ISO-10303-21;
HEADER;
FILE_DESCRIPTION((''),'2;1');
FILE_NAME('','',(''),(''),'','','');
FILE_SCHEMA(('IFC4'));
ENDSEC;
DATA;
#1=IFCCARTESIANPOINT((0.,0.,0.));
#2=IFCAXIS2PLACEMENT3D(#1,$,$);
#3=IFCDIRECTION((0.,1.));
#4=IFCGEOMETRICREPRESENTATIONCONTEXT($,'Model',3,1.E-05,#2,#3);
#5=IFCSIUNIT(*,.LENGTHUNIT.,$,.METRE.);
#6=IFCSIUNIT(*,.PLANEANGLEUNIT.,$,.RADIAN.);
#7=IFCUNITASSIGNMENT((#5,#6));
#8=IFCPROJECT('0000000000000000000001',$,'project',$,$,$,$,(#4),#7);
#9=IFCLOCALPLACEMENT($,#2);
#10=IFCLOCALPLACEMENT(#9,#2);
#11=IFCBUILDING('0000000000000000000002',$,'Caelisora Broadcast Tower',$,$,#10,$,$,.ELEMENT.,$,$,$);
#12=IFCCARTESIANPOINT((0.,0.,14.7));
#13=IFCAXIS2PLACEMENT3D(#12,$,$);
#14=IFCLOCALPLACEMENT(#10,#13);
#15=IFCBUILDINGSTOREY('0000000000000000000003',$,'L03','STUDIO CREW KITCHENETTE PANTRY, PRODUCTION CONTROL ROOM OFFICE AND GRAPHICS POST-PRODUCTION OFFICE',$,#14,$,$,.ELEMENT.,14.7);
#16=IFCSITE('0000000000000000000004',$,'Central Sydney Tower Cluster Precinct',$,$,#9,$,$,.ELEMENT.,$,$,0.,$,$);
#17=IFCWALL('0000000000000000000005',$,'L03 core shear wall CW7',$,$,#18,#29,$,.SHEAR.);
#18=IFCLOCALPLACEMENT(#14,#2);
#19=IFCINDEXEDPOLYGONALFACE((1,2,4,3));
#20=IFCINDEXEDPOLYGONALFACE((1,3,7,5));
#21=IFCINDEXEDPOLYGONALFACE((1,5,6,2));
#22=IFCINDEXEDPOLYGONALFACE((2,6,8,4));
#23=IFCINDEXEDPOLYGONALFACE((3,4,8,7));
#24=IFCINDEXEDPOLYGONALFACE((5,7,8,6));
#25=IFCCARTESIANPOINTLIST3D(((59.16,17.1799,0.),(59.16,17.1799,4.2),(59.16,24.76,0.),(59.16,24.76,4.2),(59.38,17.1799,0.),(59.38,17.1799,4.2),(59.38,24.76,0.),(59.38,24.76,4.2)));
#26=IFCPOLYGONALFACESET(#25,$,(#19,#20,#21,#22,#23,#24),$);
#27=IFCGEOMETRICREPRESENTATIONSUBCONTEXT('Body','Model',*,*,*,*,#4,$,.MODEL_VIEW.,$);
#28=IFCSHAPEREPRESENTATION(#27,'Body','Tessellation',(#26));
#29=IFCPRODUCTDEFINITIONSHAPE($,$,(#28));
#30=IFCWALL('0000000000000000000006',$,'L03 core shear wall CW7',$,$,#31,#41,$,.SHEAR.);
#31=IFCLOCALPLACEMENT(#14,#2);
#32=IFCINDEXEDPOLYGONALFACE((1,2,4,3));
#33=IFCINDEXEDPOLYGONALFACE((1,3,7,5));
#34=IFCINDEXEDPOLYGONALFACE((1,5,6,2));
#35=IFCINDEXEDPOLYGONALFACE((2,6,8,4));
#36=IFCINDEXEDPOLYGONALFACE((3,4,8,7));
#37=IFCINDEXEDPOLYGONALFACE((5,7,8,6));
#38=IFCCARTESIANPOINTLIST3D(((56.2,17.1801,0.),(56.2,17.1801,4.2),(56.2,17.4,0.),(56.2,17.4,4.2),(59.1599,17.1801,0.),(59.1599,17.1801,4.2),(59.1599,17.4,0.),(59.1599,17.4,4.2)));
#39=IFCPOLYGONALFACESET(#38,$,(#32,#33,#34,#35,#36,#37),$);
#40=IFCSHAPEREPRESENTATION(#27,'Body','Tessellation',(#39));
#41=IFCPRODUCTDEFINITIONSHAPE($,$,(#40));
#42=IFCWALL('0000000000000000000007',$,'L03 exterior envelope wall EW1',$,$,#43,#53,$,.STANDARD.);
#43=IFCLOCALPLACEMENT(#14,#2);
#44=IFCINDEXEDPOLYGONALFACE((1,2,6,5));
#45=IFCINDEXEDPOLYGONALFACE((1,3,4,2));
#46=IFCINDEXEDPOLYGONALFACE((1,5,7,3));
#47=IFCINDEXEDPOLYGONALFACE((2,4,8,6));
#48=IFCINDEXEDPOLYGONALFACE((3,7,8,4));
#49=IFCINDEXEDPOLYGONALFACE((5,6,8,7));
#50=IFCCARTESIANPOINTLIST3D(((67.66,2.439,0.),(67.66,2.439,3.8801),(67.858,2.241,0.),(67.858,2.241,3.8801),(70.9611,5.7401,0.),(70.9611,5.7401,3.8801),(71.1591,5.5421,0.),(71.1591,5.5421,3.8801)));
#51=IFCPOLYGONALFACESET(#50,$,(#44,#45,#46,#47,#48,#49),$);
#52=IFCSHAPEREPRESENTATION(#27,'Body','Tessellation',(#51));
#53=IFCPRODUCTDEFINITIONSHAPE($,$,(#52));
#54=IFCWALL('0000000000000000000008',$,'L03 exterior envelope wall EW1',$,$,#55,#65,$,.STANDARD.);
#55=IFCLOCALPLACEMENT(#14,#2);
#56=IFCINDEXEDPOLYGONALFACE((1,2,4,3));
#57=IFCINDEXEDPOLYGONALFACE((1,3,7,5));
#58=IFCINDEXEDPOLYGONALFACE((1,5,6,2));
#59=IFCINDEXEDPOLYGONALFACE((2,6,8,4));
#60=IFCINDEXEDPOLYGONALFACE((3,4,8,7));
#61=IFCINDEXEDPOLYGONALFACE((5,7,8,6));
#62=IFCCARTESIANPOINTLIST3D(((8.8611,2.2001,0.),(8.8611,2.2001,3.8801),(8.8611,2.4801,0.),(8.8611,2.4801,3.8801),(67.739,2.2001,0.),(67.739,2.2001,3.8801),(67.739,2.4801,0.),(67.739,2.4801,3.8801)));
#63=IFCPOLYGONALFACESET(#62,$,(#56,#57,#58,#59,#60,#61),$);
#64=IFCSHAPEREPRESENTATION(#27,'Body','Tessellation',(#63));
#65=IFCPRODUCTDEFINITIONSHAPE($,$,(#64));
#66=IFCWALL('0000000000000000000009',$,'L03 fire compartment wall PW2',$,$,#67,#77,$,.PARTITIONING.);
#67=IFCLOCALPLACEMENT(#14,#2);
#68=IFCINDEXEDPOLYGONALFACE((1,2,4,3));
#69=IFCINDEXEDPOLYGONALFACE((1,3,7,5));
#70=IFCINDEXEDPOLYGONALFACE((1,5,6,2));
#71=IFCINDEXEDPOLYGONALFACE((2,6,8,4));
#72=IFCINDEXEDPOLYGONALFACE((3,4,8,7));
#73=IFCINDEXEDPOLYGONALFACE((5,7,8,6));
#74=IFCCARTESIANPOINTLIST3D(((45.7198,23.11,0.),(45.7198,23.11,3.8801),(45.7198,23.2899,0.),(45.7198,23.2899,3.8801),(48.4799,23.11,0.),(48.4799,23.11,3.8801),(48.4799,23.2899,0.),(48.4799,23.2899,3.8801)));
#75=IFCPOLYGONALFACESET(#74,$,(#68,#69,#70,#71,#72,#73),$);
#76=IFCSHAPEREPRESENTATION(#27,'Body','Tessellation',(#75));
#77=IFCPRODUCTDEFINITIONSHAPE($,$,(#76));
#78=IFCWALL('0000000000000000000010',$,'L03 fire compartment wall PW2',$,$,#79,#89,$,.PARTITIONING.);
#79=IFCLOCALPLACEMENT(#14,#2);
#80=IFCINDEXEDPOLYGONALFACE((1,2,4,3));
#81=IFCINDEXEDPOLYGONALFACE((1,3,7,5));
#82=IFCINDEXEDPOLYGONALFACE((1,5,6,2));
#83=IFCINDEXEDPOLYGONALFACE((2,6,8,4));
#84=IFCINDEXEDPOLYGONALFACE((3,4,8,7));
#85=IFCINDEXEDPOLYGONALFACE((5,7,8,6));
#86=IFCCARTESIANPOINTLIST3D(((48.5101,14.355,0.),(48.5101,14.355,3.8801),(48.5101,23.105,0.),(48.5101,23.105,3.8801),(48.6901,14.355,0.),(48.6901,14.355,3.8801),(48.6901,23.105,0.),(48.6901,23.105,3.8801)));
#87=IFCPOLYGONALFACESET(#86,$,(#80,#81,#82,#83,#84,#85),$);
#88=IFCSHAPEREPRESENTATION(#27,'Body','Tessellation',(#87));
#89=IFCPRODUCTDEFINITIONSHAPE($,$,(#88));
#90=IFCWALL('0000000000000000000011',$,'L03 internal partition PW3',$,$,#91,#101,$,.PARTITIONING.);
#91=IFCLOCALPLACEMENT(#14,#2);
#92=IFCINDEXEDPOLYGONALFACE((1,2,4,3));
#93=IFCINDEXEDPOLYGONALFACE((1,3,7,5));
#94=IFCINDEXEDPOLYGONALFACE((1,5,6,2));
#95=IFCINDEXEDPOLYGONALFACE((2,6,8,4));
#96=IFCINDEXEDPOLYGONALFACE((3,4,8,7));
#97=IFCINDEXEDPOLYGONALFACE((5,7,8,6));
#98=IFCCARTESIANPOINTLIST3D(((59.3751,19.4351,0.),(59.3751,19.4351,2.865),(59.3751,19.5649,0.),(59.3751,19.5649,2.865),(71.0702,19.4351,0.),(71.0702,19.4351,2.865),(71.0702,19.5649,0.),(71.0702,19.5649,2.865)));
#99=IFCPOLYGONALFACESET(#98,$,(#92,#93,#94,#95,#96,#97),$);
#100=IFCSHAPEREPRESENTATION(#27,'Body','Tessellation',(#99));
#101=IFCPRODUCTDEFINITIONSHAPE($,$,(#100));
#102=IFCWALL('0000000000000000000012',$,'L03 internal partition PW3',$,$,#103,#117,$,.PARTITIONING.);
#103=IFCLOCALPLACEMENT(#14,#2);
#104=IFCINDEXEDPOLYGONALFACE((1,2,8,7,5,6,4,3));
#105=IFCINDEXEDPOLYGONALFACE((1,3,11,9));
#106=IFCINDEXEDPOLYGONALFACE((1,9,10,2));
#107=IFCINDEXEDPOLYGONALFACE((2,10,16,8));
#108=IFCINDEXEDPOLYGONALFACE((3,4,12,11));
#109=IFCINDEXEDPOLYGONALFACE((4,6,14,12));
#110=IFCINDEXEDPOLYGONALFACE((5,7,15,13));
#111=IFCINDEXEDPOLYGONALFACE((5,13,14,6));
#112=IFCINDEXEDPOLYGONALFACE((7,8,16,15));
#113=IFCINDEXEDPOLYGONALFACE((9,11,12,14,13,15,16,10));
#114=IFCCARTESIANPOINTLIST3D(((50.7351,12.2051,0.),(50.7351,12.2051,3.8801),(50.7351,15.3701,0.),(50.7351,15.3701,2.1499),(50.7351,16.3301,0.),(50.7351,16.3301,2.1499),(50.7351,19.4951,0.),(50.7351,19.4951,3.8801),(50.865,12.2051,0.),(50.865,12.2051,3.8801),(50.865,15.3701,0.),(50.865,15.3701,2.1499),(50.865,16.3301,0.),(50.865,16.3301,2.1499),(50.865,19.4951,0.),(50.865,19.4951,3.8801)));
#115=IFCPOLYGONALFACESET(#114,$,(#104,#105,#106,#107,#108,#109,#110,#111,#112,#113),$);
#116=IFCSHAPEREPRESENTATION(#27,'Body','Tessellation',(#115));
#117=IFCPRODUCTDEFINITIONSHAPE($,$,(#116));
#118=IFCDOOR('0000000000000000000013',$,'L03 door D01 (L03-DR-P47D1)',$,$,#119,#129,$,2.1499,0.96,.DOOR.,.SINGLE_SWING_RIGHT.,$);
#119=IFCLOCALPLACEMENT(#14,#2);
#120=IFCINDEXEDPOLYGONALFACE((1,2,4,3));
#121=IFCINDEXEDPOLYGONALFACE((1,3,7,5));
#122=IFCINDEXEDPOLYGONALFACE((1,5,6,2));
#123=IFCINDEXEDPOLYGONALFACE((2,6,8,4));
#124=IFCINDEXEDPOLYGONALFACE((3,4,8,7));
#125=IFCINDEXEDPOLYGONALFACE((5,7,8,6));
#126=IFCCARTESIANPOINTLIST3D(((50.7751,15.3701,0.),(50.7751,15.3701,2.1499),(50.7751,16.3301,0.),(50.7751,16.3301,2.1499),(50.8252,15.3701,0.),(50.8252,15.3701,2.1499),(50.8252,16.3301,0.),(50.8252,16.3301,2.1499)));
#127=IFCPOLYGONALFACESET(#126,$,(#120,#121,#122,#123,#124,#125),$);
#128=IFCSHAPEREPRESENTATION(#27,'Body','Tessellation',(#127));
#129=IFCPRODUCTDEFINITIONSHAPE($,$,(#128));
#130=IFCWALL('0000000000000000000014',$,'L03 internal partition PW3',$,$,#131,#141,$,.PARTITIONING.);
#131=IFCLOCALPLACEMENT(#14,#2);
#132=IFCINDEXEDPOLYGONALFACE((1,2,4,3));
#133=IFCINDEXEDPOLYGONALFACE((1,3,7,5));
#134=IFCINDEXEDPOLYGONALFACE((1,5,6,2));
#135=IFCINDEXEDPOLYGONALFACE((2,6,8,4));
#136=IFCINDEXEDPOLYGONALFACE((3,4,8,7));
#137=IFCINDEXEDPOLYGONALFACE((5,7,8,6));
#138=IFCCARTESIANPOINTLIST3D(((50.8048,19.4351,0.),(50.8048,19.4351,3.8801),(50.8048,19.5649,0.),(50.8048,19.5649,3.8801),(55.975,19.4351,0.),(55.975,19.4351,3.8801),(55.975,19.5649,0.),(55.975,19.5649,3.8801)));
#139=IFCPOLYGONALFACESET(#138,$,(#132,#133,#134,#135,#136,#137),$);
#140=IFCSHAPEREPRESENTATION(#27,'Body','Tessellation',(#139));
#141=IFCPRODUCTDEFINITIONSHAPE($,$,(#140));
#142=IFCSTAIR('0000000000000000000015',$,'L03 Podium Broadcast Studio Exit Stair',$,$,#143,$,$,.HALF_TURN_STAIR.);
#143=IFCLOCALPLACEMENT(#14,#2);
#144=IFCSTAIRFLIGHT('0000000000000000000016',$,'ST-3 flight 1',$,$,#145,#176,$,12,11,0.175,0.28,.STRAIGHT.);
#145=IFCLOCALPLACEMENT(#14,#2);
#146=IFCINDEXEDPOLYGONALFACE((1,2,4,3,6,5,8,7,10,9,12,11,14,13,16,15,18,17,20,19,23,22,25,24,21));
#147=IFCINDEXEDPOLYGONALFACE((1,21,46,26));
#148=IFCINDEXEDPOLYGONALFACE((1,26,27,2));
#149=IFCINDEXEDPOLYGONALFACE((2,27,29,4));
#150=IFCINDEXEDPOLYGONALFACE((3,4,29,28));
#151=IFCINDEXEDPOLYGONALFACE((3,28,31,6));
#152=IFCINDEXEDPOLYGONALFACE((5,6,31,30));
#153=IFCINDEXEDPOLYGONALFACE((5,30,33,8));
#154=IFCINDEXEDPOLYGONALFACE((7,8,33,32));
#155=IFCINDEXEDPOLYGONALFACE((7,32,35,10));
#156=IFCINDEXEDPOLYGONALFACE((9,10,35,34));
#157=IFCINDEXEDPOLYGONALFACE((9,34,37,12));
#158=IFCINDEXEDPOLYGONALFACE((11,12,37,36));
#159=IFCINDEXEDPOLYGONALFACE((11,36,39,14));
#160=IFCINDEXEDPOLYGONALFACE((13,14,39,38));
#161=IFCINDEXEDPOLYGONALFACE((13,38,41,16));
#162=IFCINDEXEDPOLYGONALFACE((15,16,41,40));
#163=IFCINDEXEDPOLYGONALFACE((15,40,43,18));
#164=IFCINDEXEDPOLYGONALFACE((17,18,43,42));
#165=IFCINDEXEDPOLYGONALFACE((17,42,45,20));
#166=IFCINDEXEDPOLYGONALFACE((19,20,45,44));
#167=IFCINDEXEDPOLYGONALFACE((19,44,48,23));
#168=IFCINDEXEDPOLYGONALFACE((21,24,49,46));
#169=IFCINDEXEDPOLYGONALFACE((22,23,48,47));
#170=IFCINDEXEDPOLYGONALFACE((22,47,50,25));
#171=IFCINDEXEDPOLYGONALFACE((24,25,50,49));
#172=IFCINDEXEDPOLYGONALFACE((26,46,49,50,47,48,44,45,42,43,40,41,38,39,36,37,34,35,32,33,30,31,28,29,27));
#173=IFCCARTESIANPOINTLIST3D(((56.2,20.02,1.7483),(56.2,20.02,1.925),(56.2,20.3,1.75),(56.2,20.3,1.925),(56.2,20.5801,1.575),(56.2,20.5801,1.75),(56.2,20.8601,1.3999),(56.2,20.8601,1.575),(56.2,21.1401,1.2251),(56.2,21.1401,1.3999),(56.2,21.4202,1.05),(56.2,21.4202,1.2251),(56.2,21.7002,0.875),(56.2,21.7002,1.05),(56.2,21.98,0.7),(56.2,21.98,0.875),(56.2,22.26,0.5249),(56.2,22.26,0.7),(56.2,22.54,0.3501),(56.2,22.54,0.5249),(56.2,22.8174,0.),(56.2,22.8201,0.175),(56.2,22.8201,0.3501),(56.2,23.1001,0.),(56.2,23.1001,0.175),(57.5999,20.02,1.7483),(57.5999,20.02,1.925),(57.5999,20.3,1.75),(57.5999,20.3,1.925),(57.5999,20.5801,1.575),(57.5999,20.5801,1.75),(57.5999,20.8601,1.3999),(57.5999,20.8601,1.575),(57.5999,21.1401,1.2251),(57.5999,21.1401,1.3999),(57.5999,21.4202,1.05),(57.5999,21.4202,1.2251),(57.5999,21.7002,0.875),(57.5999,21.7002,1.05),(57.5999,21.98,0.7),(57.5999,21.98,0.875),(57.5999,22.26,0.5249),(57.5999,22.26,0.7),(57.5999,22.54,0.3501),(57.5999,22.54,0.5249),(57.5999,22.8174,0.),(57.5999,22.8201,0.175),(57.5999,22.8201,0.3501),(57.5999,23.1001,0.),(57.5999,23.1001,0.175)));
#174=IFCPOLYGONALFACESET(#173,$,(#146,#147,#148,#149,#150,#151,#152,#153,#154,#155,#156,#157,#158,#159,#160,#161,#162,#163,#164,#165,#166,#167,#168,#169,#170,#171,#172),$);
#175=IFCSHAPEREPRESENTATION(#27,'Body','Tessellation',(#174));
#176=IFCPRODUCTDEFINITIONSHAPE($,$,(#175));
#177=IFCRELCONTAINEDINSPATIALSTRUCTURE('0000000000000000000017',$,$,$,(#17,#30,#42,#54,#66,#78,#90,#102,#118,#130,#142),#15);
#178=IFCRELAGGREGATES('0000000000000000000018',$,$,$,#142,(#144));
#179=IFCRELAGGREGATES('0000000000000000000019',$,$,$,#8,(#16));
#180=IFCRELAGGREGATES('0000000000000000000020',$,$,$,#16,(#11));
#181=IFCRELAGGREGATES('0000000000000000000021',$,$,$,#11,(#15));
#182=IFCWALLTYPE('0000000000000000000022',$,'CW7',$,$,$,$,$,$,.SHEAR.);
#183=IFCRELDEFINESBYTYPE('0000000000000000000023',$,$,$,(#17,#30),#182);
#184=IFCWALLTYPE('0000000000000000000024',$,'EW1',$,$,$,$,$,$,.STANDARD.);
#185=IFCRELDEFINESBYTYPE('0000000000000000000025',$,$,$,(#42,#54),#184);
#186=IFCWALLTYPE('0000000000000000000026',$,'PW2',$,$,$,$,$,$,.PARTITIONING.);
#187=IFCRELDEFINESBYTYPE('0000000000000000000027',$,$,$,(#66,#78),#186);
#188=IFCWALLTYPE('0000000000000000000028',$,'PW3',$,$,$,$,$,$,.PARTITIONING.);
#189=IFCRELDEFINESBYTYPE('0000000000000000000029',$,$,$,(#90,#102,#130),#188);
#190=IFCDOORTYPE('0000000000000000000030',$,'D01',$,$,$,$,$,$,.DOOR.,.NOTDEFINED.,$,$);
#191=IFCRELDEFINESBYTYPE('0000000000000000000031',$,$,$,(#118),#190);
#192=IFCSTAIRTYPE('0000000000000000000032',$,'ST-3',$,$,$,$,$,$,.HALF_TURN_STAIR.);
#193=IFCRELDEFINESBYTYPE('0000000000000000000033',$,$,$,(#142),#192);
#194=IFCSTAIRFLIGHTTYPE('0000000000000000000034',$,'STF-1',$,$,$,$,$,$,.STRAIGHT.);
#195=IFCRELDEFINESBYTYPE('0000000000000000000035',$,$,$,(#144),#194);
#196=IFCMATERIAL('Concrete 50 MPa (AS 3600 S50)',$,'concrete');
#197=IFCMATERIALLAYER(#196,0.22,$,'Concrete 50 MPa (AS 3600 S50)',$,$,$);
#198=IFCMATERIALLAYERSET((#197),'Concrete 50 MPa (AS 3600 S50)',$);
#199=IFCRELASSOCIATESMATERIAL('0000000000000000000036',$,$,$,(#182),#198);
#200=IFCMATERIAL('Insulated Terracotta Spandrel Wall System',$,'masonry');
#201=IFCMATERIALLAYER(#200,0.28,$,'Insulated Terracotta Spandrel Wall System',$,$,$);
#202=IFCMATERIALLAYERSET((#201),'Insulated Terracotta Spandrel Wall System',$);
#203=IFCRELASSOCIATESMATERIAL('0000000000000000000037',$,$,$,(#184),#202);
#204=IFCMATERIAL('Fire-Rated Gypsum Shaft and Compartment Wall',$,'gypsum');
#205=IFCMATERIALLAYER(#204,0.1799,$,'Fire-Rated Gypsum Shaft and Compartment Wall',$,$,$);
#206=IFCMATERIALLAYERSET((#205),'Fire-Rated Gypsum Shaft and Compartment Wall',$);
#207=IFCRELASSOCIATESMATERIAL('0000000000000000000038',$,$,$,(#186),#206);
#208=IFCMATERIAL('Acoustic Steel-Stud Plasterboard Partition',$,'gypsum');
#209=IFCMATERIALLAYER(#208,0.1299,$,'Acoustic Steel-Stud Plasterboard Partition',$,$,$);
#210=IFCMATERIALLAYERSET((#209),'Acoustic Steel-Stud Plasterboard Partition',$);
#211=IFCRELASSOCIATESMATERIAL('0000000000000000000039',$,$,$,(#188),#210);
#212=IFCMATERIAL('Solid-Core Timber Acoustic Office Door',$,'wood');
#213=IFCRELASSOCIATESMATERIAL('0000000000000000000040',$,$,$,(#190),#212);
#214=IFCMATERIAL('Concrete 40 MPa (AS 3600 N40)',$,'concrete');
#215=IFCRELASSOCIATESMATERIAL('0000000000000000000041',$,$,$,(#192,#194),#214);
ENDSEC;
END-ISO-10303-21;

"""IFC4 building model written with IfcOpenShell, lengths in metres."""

from ifc_helpers import new_model, si_unit, direction, frame, frame_2d, origin, place, context, subcontext, project, spatial, polyline, rectangle, outline, extrude, material, layer, layer_set, type_object, element, fill, aggregate, save


model = new_model("IFC4")

# Units and contexts
model_context = context("Model", 3, precision=1e-05, world=origin(), true_north=direction((0.0, 1.0)))
body_context = subcontext(model_context, "Body", "Model", "MODEL_VIEW")
ifc_project = project(units=[si_unit("LENGTHUNIT", "METRE"), si_unit("PLANEANGLEUNIT", "RADIAN")], contexts=[model_context])

# Site, building, storey
site_placement = place(None, origin())
site = spatial("IfcSite", under=ifc_project, at=site_placement, Name="Central Sydney Tower Cluster Precinct", CompositionType="ELEMENT", RefElevation=0.0)
building_placement = place(site_placement, origin())
building = spatial("IfcBuilding", under=site, at=building_placement, Name="Caelisora Broadcast Tower", CompositionType="ELEMENT")
storey_placement = place(building_placement, frame((0.0, 0.0, 14.7)))
storey = spatial("IfcBuildingStorey", under=building, at=storey_placement, Name="L03", Description="STUDIO CREW KITCHENETTE PANTRY, PRODUCTION CONTROL ROOM OFFICE AND GRAPHICS POST-PRODUCTION OFFICE", CompositionType="ELEMENT", Elevation=14.7)

# Walls
ifc_material_1 = material(Name="Concrete 50 MPa (AS 3600 S50)", Category="concrete")
ifc_layer_1 = layer(ifc_material_1, 0.22, Name="Concrete 50 MPa (AS 3600 S50)")
ifc_layer_set_1 = layer_set([ifc_layer_1], Name="Concrete 50 MPa (AS 3600 S50)")
wall_type_1 = type_object("IfcWallType", Name="CW7", PredefinedType="SHEAR", material=ifc_layer_set_1)
for number, where, z_axis, x_axis, name in (
    (1, (59.27, 17.1799, 0.0), (0.0, 0.0, 1.0), (0.0, 1.0, 0.0), "L03 core shear wall CW7"),
):
    element("IfcWall", number, at=place(storey_placement, frame(where, z_axis=z_axis, x_axis=x_axis)), inside=storey, type_object=wall_type_1, Name=name, PredefinedType="SHEAR", context=body_context, shape_type="SweptSolid", body=[
        extrude(rectangle(XDim=7.5801, YDim=0.22, at=frame_2d((3.79, 0.0))), origin(), (0.0, 0.0, 1.0), 4.2),
    ])
wall_1_placement = place(storey_placement, frame((56.2, 17.29, 0.0), z_axis=(0.0, 0.0, 1.0), x_axis=(1.0, 0.0, 0.0)))
element("IfcWall", 2, at=wall_1_placement, inside=storey, type_object=wall_type_1, Name="L03 core shear wall CW7", PredefinedType="SHEAR", context=body_context, shape_type="SweptSolid", body=[
    extrude(rectangle(XDim=2.96, YDim=0.22, at=frame_2d((1.48, 0.0))), origin(), (0.0, 0.0, 1.0), 4.2),
])
ifc_material_2 = material(Name="Insulated Terracotta Spandrel Wall System", Category="masonry")
ifc_layer_2 = layer(ifc_material_2, 0.28, Name="Insulated Terracotta Spandrel Wall System")
ifc_layer_set_2 = layer_set([ifc_layer_2], Name="Insulated Terracotta Spandrel Wall System")
wall_type_2 = type_object("IfcWallType", Name="EW1", PredefinedType="STANDARD", material=ifc_layer_set_2)
wall_2_placement = place(storey_placement, frame((71.0601, 5.6411, 0.0), z_axis=(0.0, 0.0, 1.0), x_axis=(-0.707107, -0.707107, 0.0)))
element("IfcWall", 3, at=wall_2_placement, inside=storey, type_object=wall_type_2, Name="L03 exterior envelope wall EW1", PredefinedType="STANDARD", context=body_context, shape_type="SweptSolid", body=[
    extrude(rectangle(XDim=4.6685, YDim=0.28, at=frame_2d((2.3342, 0.0))), origin(), (0.0, 0.0, 1.0), 3.8801),
])
wall_3_placement = place(storey_placement, frame((67.739, 2.3401, 0.0), z_axis=(0.0, 0.0, 1.0), x_axis=(-1.0, 0.0, 0.0)))
element("IfcWall", 4, at=wall_3_placement, inside=storey, type_object=wall_type_2, Name="L03 exterior envelope wall EW1", PredefinedType="STANDARD", context=body_context, shape_type="SweptSolid", body=[
    extrude(rectangle(XDim=58.8779, YDim=0.28, at=frame_2d((29.439, 0.0))), origin(), (0.0, 0.0, 1.0), 3.8801),
])
ifc_material_3 = material(Name="Fire-Rated Gypsum Shaft and Compartment Wall", Category="gypsum")
ifc_layer_3 = layer(ifc_material_3, 0.1799, Name="Fire-Rated Gypsum Shaft and Compartment Wall")
ifc_layer_set_3 = layer_set([ifc_layer_3], Name="Fire-Rated Gypsum Shaft and Compartment Wall")
wall_type_3 = type_object("IfcWallType", Name="PW2", PredefinedType="PARTITIONING", material=ifc_layer_set_3)
wall_4_placement = place(storey_placement, frame((45.72, 23.2, 0.0), z_axis=(0.0, 0.0, 1.0), x_axis=(1.0, 0.0, 0.0)))
element("IfcWall", 5, at=wall_4_placement, inside=storey, type_object=wall_type_3, Name="L03 fire compartment wall PW2", PredefinedType="PARTITIONING", context=body_context, shape_type="SweptSolid", body=[
    extrude(rectangle(XDim=2.76, YDim=0.1799, at=frame_2d((1.3799, 0.0))), origin(), (0.0, 0.0, 1.0), 3.8801),
])
wall_5_placement = place(storey_placement, frame((48.6001, 14.355, 0.0), z_axis=(0.0, 0.0, 1.0), x_axis=(0.0, 1.0, 0.0)))
element("IfcWall", 6, at=wall_5_placement, inside=storey, type_object=wall_type_3, Name="L03 fire compartment wall PW2", PredefinedType="PARTITIONING", context=body_context, shape_type="SweptSolid", body=[
    extrude(rectangle(XDim=8.75, YDim=0.1799, at=frame_2d((4.375, 0.0))), origin(), (0.0, 0.0, 1.0), 3.8801),
])
ifc_material_4 = material(Name="Acoustic Steel-Stud Plasterboard Partition", Category="gypsum")
ifc_layer_4 = layer(ifc_material_4, 0.1299, Name="Acoustic Steel-Stud Plasterboard Partition")
ifc_layer_set_4 = layer_set([ifc_layer_4], Name="Acoustic Steel-Stud Plasterboard Partition")
wall_type_4 = type_object("IfcWallType", Name="PW3", PredefinedType="PARTITIONING", material=ifc_layer_set_4)
wall_6_placement = place(storey_placement, frame((59.375, 19.5, 0.0), z_axis=(0.0, 0.0, 1.0), x_axis=(1.0, 0.0, 0.0)))
element("IfcWall", 7, at=wall_6_placement, inside=storey, type_object=wall_type_4, Name="L03 internal partition PW3", PredefinedType="PARTITIONING", context=body_context, shape_type="SweptSolid", body=[
    extrude(rectangle(XDim=11.6951, YDim=0.1299, at=frame_2d((5.8477, 0.0))), origin(), (0.0, 0.0, 1.0), 2.865),
])

# Wall, opening, door
wall_7_placement = place(storey_placement, frame((50.8, 12.2051, 0.0), z_axis=(0.0, 0.0, 1.0), x_axis=(0.0, 1.0, 0.0)))
wall_7 = element("IfcWall", 8, at=wall_7_placement, inside=storey, type_object=wall_type_4, Name="L03 internal partition PW3", PredefinedType="PARTITIONING", context=body_context, shape_type="SweptSolid", body=[
    extrude(rectangle(XDim=7.29, YDim=0.1299, at=frame_2d((3.645, 0.0))), origin(), (0.0, 0.0, 1.0), 3.8801),
])
opening_placement = place(wall_7_placement, frame((3.165, 0.0, 0.0)))
opening = element("IfcOpeningElement", 9, at=opening_placement, cuts=wall_7, PredefinedType="OPENING", context=body_context, shape_type="SweptSolid", body=[
    extrude(rectangle(XDim=0.96, YDim=2.1499, at=frame_2d((0.48, 1.075))), frame((0.0, 0.0769, 0.0), z_axis=(0.0, -1.0, 0.0), x_axis=(1.0, 0.0, 0.0)), (0.0, 0.0, 1.0), 0.1538),
])
ifc_material_5 = material(Name="Solid-Core Timber Acoustic Office Door", Category="wood")
door_type = type_object("IfcDoorType", Name="D01", OperationType="NOTDEFINED", PredefinedType="DOOR", material=ifc_material_5)
door_placement = place(opening_placement, origin())
door = element("IfcDoor", 10, at=door_placement, inside=storey, type_object=door_type, Name="L03 door D01 (L03-DR-P47D1)", OperationType="SINGLE_SWING_RIGHT", OverallHeight=2.1499, OverallWidth=0.96, PredefinedType="DOOR", context=body_context, shape_type="SweptSolid", body=[
    extrude(rectangle(XDim=0.96, YDim=2.1499, at=frame_2d((0.48, 1.075))), frame((0.0, 0.0249, 0.0), z_axis=(0.0, -1.0, 0.0), x_axis=(1.0, 0.0, 0.0)), (0.0, 0.0, 1.0), 0.05),
])
fill(opening, door)

# Wall
wall_8_placement = place(storey_placement, frame((50.8049, 19.5, 0.0), z_axis=(0.0, 0.0, 1.0), x_axis=(1.0, 0.0, 0.0)))
element("IfcWall", 11, at=wall_8_placement, inside=storey, type_object=wall_type_4, Name="L03 internal partition PW3", PredefinedType="PARTITIONING", context=body_context, shape_type="SweptSolid", body=[
    extrude(rectangle(XDim=5.1702, YDim=0.1299, at=frame_2d((2.585, 0.0))), origin(), (0.0, 0.0, 1.0), 3.8801),
])

# Stair, stair flight
ifc_material_6 = material(Name="Concrete 40 MPa (AS 3600 N40)", Category="concrete")
stair_type = type_object("IfcStairType", Name="ST-3", PredefinedType="HALF_TURN_STAIR", material=ifc_material_6)
stair_placement = place(storey_placement, origin())
stair = element("IfcStair", 12, at=stair_placement, inside=storey, type_object=stair_type, Name="L03 Podium Broadcast Studio Exit Stair", PredefinedType="HALF_TURN_STAIR")
stair_flight_type = type_object("IfcStairFlightType", Name="STF-1", PredefinedType="STRAIGHT", material=ifc_material_6)
stair_flight_1_placement = place(storey_placement, frame((56.8999, 23.1001, 0.0), z_axis=(0.0, 0.0, 1.0), x_axis=(0.0, -1.0, 0.0)))
stair_flight_1 = element("IfcStairFlight", 13, at=stair_flight_1_placement, type_object=stair_flight_type, Name="ST-3 flight 1", NumberOfRisers=12, NumberOfTreads=11, PredefinedType="STRAIGHT", RiserHeight=0.175, TreadLength=0.28, context=body_context, shape_type="SweptSolid", body=[
    extrude(outline(polyline([(0.0, 0.0), (0.0, 0.175), (0.28, 0.175), (0.28, 0.3501), (0.5601, 0.3501), (0.5601, 0.5249), (0.8401, 0.5249), (0.8401, 0.7), (1.1201, 0.7), (1.1201, 0.875), (1.3999, 0.875), (1.3999, 1.05), (1.6799, 1.05), (1.6799, 1.2251), (1.96, 1.2251), (1.96, 1.3999), (2.24, 1.3999), (2.24, 1.575), (2.52, 1.575), (2.52, 1.75), (2.8, 1.75), (2.8, 1.925), (3.0801, 1.925), (3.0801, 2.1001), (3.0801, 1.7483), (0.2827, 0.0), (0.0, 0.0)])), frame((0.0, 0.7, 0.0), z_axis=(0.0, -1.0, 0.0), x_axis=(1.0, 0.0, 0.0)), (0.0, 0.0, 1.0), 1.3999),
])
aggregate(stair, [stair_flight_1])

save(model, "model.ifc")
